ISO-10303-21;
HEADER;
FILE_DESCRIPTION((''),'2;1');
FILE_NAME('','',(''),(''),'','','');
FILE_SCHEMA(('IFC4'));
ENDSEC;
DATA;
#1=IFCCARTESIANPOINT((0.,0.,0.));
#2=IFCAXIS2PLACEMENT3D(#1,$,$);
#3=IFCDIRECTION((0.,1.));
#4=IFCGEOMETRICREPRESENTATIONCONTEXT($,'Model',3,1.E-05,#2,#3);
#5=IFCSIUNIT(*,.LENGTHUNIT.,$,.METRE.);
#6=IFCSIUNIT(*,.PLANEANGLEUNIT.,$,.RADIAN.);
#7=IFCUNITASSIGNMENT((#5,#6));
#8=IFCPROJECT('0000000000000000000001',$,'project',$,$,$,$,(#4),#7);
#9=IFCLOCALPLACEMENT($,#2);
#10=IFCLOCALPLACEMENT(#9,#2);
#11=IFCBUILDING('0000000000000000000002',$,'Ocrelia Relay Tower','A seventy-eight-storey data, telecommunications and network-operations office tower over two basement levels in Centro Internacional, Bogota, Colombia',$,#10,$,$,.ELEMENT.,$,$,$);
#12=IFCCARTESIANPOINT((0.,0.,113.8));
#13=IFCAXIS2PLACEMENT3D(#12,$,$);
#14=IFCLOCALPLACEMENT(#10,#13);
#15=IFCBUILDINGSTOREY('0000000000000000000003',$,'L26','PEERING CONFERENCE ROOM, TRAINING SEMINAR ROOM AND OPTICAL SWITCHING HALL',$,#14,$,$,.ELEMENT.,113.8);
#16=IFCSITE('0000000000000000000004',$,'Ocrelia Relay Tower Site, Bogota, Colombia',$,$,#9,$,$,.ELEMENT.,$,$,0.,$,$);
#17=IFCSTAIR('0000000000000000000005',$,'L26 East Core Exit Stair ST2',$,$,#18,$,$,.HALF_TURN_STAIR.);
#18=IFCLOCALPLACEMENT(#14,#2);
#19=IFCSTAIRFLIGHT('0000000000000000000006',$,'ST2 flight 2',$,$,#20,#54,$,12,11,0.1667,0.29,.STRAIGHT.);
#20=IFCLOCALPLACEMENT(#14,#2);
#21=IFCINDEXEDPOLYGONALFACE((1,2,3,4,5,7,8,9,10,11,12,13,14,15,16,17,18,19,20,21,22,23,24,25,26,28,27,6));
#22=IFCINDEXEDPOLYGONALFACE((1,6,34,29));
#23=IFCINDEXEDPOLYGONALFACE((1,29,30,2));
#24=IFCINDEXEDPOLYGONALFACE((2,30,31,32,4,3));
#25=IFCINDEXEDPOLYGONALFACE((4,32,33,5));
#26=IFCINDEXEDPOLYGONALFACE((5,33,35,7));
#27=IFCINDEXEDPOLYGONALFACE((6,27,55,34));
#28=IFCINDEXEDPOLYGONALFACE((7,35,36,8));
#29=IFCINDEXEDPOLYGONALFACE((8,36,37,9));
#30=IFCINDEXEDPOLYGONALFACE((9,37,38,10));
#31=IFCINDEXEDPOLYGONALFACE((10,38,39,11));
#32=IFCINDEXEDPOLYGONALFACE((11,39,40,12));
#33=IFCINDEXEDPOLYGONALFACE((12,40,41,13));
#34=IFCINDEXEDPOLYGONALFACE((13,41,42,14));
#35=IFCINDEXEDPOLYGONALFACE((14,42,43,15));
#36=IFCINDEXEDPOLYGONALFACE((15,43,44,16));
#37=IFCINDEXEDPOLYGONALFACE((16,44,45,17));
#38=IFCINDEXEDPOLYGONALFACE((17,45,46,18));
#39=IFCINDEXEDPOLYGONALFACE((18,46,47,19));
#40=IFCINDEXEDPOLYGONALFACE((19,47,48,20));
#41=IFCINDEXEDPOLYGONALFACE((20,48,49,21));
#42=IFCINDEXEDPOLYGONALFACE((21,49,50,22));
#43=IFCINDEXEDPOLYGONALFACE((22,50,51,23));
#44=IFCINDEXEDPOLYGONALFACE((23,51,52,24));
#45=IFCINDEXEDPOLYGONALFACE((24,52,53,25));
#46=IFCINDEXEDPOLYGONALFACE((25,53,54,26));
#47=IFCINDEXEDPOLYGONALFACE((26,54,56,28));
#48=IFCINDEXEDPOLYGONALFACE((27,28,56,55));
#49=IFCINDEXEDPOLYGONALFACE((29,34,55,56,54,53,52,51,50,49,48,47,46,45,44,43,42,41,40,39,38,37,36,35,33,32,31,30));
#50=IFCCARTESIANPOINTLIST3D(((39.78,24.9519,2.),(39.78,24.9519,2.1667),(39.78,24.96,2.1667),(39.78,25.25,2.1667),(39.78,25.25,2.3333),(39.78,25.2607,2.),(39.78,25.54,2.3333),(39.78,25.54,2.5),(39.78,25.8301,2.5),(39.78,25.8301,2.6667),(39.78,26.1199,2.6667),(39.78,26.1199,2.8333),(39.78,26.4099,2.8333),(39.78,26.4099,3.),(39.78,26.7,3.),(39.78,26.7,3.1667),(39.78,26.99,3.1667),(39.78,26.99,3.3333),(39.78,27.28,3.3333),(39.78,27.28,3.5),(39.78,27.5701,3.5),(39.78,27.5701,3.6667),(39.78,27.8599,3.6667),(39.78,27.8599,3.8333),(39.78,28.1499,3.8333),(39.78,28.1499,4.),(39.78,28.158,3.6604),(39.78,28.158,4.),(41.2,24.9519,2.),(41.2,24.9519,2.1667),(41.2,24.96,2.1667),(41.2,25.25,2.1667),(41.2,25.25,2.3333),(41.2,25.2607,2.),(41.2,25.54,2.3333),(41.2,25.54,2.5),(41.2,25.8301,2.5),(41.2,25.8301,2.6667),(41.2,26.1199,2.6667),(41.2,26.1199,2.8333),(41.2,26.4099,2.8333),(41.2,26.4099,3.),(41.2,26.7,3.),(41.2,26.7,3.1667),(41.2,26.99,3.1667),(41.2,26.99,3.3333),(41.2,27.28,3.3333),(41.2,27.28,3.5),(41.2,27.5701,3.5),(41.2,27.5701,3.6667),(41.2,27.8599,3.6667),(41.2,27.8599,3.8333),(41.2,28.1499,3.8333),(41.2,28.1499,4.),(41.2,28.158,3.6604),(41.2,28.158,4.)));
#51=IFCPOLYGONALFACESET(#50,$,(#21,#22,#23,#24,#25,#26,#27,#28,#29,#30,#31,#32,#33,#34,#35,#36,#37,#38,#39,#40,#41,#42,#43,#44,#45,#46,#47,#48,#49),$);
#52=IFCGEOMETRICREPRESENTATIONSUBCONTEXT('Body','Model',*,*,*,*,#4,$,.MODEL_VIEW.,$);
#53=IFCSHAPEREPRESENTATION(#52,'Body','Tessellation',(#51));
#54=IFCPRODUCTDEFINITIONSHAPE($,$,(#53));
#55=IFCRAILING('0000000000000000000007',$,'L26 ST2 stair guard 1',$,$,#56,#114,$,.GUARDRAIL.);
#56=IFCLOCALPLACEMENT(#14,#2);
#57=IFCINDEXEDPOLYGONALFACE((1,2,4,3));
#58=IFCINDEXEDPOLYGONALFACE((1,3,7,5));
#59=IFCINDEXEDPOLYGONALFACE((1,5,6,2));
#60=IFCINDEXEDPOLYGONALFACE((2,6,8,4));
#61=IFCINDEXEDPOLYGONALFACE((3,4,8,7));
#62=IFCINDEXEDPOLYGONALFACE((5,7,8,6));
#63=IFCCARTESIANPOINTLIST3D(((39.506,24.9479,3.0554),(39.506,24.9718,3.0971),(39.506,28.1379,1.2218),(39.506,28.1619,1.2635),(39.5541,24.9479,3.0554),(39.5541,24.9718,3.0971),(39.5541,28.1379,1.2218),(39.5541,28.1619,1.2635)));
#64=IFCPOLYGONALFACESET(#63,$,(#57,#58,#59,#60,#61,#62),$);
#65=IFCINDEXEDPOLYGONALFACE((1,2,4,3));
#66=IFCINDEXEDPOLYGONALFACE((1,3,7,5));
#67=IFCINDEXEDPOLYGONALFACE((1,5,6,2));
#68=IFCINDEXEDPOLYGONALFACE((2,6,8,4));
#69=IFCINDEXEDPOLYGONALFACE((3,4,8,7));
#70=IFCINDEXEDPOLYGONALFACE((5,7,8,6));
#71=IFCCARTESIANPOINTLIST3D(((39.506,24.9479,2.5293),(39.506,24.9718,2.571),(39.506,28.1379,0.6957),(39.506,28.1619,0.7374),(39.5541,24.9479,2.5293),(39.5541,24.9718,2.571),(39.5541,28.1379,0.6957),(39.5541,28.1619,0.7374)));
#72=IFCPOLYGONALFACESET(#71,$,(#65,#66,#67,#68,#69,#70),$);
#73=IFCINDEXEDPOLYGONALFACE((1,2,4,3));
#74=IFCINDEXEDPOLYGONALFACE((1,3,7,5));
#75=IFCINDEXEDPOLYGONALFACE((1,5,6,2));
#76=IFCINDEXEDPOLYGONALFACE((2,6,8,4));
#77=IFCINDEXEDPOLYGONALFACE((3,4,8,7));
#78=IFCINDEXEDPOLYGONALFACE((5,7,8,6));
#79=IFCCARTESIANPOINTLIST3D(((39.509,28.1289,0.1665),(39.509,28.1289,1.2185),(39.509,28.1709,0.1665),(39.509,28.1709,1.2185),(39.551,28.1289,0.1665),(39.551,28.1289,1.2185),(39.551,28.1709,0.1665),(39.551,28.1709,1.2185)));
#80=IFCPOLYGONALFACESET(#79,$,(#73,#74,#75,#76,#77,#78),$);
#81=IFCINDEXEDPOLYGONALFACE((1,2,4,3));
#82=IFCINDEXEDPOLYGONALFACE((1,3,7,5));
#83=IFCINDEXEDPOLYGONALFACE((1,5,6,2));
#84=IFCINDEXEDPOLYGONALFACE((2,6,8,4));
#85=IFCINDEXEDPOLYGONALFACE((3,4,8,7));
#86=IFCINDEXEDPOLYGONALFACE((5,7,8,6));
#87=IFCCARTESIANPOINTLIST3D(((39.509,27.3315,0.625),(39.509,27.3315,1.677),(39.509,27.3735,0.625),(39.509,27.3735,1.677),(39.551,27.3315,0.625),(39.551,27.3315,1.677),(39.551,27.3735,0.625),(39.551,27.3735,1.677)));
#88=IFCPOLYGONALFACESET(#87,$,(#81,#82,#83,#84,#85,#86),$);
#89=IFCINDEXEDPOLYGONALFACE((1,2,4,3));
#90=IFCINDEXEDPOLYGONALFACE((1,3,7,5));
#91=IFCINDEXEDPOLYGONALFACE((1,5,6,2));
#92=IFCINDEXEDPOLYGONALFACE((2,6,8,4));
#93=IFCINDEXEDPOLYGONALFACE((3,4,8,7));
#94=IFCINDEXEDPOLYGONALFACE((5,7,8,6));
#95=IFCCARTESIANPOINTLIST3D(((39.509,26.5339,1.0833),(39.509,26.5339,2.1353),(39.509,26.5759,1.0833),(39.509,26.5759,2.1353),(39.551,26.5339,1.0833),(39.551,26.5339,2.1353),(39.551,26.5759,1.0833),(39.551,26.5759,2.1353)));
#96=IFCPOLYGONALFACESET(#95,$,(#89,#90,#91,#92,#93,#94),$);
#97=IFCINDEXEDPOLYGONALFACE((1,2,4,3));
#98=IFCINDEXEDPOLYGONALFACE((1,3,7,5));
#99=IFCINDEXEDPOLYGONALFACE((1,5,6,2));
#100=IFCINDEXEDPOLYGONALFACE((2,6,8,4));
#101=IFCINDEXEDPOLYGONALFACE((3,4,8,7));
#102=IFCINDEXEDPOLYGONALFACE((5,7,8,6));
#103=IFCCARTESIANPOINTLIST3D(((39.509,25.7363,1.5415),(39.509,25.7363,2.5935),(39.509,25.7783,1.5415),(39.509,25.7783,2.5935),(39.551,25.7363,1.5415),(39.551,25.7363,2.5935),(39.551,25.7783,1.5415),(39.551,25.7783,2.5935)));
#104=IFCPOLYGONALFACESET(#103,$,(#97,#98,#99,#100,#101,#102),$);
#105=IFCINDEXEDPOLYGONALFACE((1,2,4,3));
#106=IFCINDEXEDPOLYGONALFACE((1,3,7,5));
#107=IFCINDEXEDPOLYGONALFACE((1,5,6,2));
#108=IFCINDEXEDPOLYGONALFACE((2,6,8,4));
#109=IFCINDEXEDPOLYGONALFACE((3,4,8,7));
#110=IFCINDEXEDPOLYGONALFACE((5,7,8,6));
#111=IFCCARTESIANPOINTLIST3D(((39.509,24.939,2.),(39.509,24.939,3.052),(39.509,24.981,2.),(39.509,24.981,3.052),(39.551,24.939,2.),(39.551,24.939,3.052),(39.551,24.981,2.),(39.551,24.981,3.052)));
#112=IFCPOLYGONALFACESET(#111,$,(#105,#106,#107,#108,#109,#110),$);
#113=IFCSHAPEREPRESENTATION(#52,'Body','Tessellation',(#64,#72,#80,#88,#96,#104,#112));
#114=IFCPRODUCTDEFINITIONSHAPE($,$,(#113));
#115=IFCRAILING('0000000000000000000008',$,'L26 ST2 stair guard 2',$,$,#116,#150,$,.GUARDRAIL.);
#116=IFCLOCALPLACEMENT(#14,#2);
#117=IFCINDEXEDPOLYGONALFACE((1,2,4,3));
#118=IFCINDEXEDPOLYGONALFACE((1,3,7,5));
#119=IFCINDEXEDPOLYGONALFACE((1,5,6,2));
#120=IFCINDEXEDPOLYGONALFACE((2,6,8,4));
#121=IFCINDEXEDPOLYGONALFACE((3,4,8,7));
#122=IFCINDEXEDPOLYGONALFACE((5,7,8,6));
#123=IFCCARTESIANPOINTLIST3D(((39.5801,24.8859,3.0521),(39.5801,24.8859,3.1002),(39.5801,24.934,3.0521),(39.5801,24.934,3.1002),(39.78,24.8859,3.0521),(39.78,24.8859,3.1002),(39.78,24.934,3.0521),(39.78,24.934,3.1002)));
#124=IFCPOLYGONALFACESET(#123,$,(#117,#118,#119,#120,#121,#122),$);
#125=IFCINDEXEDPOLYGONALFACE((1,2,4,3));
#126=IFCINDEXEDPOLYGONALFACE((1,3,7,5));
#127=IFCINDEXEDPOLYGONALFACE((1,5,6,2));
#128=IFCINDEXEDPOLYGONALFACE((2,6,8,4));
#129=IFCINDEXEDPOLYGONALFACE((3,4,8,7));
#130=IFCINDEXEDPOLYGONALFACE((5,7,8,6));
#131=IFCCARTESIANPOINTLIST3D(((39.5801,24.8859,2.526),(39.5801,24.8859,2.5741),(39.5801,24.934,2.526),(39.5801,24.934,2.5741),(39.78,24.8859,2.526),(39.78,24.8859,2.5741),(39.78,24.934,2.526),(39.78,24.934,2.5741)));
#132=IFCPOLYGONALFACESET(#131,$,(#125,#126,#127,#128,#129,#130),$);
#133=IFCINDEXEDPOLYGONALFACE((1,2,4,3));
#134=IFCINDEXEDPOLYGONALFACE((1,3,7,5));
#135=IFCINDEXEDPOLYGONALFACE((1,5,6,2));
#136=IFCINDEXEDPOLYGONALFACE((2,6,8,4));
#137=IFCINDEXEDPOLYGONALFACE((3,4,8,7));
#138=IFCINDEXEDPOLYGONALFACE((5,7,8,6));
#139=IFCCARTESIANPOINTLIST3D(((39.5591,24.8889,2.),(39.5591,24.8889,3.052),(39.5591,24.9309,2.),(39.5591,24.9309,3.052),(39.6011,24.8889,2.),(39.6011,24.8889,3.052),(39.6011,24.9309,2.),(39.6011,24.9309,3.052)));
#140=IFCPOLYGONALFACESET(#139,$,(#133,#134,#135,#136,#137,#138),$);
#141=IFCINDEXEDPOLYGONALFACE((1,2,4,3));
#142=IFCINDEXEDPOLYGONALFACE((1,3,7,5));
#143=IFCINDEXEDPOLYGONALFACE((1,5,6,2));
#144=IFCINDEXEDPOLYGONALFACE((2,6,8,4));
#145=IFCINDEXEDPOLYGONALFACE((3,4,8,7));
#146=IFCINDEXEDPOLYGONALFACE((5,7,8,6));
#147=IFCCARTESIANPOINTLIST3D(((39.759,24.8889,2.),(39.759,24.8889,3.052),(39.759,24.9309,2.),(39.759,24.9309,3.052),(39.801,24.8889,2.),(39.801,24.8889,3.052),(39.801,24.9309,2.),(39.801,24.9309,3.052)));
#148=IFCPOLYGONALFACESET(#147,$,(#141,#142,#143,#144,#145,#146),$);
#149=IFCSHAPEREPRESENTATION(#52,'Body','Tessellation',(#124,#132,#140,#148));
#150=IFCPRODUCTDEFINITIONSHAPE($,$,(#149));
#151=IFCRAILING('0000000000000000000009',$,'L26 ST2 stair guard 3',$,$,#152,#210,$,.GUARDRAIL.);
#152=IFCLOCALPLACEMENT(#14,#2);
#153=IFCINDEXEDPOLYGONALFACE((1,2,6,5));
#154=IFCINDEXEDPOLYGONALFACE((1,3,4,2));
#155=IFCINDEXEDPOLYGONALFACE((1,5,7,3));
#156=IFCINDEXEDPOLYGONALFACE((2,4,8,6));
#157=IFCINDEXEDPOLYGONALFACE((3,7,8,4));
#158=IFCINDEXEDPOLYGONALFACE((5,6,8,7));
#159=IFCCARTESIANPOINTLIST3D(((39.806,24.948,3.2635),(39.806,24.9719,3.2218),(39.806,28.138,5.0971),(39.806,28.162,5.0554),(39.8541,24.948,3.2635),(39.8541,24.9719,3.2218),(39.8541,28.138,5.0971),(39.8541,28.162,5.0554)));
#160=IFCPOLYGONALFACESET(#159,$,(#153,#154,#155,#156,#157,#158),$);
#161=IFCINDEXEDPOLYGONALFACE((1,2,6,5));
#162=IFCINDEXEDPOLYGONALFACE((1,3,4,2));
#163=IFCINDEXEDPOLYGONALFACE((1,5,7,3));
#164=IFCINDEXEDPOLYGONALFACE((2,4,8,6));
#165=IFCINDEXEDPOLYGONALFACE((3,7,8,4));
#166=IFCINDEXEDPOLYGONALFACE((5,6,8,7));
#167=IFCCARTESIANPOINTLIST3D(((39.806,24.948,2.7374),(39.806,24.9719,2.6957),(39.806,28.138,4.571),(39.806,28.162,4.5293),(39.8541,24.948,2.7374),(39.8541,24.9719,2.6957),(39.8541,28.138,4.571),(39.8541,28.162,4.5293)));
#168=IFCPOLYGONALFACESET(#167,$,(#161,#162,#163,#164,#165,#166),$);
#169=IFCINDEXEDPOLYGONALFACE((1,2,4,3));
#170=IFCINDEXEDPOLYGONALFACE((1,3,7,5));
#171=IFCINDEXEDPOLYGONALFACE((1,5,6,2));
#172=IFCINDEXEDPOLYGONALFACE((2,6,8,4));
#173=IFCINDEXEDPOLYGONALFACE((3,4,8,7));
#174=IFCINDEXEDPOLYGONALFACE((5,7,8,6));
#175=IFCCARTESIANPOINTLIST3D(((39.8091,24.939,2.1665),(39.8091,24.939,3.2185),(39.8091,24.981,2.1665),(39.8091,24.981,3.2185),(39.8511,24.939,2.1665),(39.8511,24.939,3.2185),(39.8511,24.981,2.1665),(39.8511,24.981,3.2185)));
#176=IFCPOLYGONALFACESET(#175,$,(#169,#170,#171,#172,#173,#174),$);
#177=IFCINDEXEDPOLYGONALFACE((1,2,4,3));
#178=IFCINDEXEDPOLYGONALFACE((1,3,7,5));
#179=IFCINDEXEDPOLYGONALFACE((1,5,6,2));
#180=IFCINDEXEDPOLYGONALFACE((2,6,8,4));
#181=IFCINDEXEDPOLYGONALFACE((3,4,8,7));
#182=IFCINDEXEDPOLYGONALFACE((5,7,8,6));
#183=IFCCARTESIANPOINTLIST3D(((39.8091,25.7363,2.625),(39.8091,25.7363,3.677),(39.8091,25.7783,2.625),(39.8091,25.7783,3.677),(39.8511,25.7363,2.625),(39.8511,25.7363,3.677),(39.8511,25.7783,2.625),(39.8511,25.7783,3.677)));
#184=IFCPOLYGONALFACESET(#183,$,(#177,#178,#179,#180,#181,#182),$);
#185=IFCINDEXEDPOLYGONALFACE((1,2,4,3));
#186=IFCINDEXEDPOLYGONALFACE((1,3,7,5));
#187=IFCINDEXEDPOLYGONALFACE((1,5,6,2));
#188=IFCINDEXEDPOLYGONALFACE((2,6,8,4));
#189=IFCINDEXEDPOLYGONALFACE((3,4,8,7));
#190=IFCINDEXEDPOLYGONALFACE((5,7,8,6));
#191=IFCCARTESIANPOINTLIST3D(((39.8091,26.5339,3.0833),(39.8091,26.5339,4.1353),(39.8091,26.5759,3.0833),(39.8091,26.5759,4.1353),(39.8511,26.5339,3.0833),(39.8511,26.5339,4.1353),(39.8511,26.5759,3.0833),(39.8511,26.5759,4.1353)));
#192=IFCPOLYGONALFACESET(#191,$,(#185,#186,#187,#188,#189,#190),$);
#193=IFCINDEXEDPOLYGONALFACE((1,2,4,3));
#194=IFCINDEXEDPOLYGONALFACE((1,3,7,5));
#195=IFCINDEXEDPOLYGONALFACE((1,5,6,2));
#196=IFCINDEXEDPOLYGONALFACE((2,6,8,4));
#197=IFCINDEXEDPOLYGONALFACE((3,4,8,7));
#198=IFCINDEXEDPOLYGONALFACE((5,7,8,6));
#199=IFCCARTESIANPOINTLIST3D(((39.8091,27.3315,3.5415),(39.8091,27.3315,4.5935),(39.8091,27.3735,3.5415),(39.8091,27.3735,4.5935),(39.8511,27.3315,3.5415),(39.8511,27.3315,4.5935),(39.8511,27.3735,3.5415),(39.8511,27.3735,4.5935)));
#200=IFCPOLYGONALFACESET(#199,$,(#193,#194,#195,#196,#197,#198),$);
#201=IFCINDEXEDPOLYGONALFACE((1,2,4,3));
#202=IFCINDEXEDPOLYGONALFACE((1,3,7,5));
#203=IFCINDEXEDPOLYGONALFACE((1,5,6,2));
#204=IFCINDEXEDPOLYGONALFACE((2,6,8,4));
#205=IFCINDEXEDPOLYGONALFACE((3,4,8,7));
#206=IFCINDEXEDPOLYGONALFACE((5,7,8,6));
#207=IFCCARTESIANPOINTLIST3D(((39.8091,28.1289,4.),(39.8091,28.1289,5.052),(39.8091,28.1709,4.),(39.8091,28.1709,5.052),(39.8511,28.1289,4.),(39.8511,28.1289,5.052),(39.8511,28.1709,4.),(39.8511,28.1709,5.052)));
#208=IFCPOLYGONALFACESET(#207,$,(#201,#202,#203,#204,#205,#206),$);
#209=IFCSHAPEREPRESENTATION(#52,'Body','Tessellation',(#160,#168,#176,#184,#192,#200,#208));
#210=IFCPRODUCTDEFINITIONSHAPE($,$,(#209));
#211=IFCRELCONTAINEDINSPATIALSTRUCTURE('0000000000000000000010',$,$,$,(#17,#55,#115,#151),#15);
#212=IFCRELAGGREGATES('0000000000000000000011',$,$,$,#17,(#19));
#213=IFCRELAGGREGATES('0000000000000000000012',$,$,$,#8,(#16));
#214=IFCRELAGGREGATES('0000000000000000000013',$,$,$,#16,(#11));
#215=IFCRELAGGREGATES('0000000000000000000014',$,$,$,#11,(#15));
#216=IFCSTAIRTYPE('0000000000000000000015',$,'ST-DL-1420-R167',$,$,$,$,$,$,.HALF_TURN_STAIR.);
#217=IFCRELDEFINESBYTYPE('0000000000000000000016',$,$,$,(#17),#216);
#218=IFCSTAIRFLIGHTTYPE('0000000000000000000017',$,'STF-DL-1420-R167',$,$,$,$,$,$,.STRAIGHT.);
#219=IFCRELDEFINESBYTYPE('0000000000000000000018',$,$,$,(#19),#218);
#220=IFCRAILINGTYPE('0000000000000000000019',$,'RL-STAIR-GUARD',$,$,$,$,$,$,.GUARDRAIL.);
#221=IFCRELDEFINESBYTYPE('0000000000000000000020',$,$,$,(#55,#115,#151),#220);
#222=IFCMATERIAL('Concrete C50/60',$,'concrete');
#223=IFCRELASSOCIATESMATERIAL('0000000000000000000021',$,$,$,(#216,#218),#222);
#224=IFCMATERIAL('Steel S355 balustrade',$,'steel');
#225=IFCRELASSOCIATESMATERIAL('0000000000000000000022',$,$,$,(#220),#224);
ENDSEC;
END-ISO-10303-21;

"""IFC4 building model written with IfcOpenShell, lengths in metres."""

from ifc_helpers import new_model, si_unit, direction, frame, origin, origin_2d, place, context, subcontext, project, spatial, polyline, rectangle, outline, extrude, material, type_object, element, aggregate, save


model = new_model("IFC4")

# Units and contexts
model_context = context("Model", 3, precision=1e-05, world=origin(), true_north=direction((0.0, 1.0)))
body_context = subcontext(model_context, "Body", "Model", "MODEL_VIEW")
ifc_project = project(units=[si_unit("LENGTHUNIT", "METRE"), si_unit("PLANEANGLEUNIT", "RADIAN")], contexts=[model_context])

# Site, building, storey
site_placement = place(None, origin())
site = spatial("IfcSite", under=ifc_project, at=site_placement, Name="Ocrelia Relay Tower Site, Bogota, Colombia", CompositionType="ELEMENT", RefElevation=0.0)
building_placement = place(site_placement, origin())
building = spatial("IfcBuilding", under=site, at=building_placement, Name="Ocrelia Relay Tower", Description="A seventy-eight-storey data, telecommunications and network-operations office tower over two basement levels in Centro Internacional, Bogota, Colombia", CompositionType="ELEMENT")
storey_placement = place(building_placement, frame((0.0, 0.0, 113.8)))
storey = spatial("IfcBuildingStorey", under=building, at=storey_placement, Name="L26", Description="PEERING CONFERENCE ROOM, TRAINING SEMINAR ROOM AND OPTICAL SWITCHING HALL", CompositionType="ELEMENT", Elevation=113.8)

# Shared definitions
ifc_material_1 = material(Name="Concrete C50/60", Category="concrete")

# Stair, stair flight
stair_type = type_object("IfcStairType", Name="ST-DL-1420-R167", PredefinedType="HALF_TURN_STAIR", material=ifc_material_1)
stair_placement = place(storey_placement, origin())
stair = element("IfcStair", 1, at=stair_placement, inside=storey, type_object=stair_type, Name="L26 East Core Exit Stair ST2", PredefinedType="HALF_TURN_STAIR")
stair_flight_type = type_object("IfcStairFlightType", Name="STF-DL-1420-R167", PredefinedType="STRAIGHT", material=ifc_material_1)
stair_flight_1_placement = place(storey_placement, frame((40.49, 24.96, 2.0), z_axis=(0.0, 0.0, 1.0), x_axis=(0.0, 1.0, 0.0)))
stair_flight_1 = element("IfcStairFlight", 2, at=stair_flight_1_placement, type_object=stair_flight_type, Name="ST2 flight 2", NumberOfRisers=12, NumberOfTreads=11, PredefinedType="STRAIGHT", RiserHeight=0.1667, TreadLength=0.29, context=body_context, shape_type="SweptSolid", body=[
    extrude(outline(polyline([(-0.0081, 0.0), (-0.0081, 0.1667), (0.0, 0.1667), (0.29, 0.1667), (0.29, 0.3333), (0.5801, 0.3333), (0.5801, 0.5), (0.8701, 0.5), (0.8701, 0.6667), (1.1599, 0.6667), (1.1599, 0.8333), (1.45, 0.8333), (1.45, 1.0), (1.74, 1.0), (1.74, 1.1667), (2.03, 1.1667), (2.03, 1.3333), (2.3201, 1.3333), (2.3201, 1.5), (2.6101, 1.5), (2.6101, 1.6667), (2.8999, 1.6667), (2.8999, 1.8333), (3.1899, 1.8333), (3.1899, 2.0), (3.198, 2.0), (3.198, 1.6604), (0.3008, 0.0), (-0.0081, 0.0)])), frame((0.0, 0.71, 0.0), z_axis=(0.0, -1.0, 0.0), x_axis=(1.0, 0.0, 0.0)), (0.0, 0.0, 1.0), 1.4199),
])
aggregate(stair, [stair_flight_1])

# Railings
ifc_material_2 = material(Name="Steel S355 balustrade", Category="steel")
railing_type_1 = type_object("IfcRailingType", Name="RL-STAIR-GUARD", PredefinedType="GUARDRAIL", material=ifc_material_2)
railing_1_placement = place(storey_placement, frame((39.53, 28.1499, 0.1665)))
element("IfcRailing", 3, at=railing_1_placement, inside=storey, type_object=railing_type_1, Name="L26 ST2 stair guard 1", PredefinedType="GUARDRAIL", context=body_context, shape_type="SweptSolid", body=[
    extrude(rectangle(XDim=0.0481, YDim=0.0481, at=origin_2d()), frame((0.0, 0.0, 1.0762), z_axis=(0.0, -0.866991, 0.498324), x_axis=(1.0, 0.0, 0.0)), (0.0, 0.0, 1.0), 3.6794),
    extrude(rectangle(XDim=0.0481, YDim=0.0481, at=origin_2d()), frame((0.0, 0.0, 0.55), z_axis=(0.0, -0.866991, 0.498324), x_axis=(1.0, 0.0, 0.0)), (0.0, 0.0, 1.0), 3.6794),
    extrude(rectangle(XDim=0.042, YDim=0.042, at=origin_2d()), origin(), (0.0, 0.0, 1.0), 1.052),
    extrude(rectangle(XDim=0.042, YDim=0.042, at=origin_2d()), frame((0.0, -0.7974, 0.4585)), (0.0, 0.0, 1.0), 1.052),
    extrude(rectangle(XDim=0.042, YDim=0.042, at=origin_2d()), frame((0.0, -1.595, 0.9167)), (0.0, 0.0, 1.0), 1.052),
    extrude(rectangle(XDim=0.042, YDim=0.042, at=origin_2d()), frame((0.0, -2.3926, 1.375)), (0.0, 0.0, 1.0), 1.052),
    extrude(rectangle(XDim=0.042, YDim=0.042, at=origin_2d()), frame((0.0, -3.1899, 1.8335)), (0.0, 0.0, 1.0), 1.052),
])
railing_2_placement = place(storey_placement, frame((39.5801, 24.9099, 2.0)))
element("IfcRailing", 4, at=railing_2_placement, inside=storey, type_object=railing_type_1, Name="L26 ST2 stair guard 2", PredefinedType="GUARDRAIL", context=body_context, shape_type="SweptSolid", body=[
    extrude(rectangle(XDim=0.0481, YDim=0.0481, at=origin_2d()), frame((0.0, 0.0, 1.0762), z_axis=(1.0, 0.0, 0.0), x_axis=(0.0, 1.0, 0.0)), (0.0, 0.0, 1.0), 0.2),
    extrude(rectangle(XDim=0.0481, YDim=0.0481, at=origin_2d()), frame((0.0, 0.0, 0.55), z_axis=(1.0, 0.0, 0.0), x_axis=(0.0, 1.0, 0.0)), (0.0, 0.0, 1.0), 0.2),
    extrude(rectangle(XDim=0.042, YDim=0.042, at=origin_2d()), origin(), (0.0, 0.0, 1.0), 1.052),
    extrude(rectangle(XDim=0.042, YDim=0.042, at=origin_2d()), frame((0.2, 0.0, 0.0)), (0.0, 0.0, 1.0), 1.052),
])
railing_3_placement = place(storey_placement, frame((39.8301, 24.96, 2.1665)))
element("IfcRailing", 5, at=railing_3_placement, inside=storey, type_object=railing_type_1, Name="L26 ST2 stair guard 3", PredefinedType="GUARDRAIL", context=body_context, shape_type="SweptSolid", body=[
    extrude(rectangle(XDim=0.0481, YDim=0.0481, at=origin_2d()), frame((0.0, 0.0, 1.0762), z_axis=(0.0, 0.866991, 0.498324), x_axis=(-1.0, 0.0, 0.0)), (0.0, 0.0, 1.0), 3.6794),
    extrude(rectangle(XDim=0.0481, YDim=0.0481, at=origin_2d()), frame((0.0, 0.0, 0.55), z_axis=(0.0, 0.866991, 0.498324), x_axis=(-1.0, 0.0, 0.0)), (0.0, 0.0, 1.0), 3.6794),
    extrude(rectangle(XDim=0.042, YDim=0.042, at=origin_2d()), origin(), (0.0, 0.0, 1.0), 1.052),
    extrude(rectangle(XDim=0.042, YDim=0.042, at=origin_2d()), frame((0.0, 0.7974, 0.4585)), (0.0, 0.0, 1.0), 1.052),
    extrude(rectangle(XDim=0.042, YDim=0.042, at=origin_2d()), frame((0.0, 1.595, 0.9167)), (0.0, 0.0, 1.0), 1.052),
    extrude(rectangle(XDim=0.042, YDim=0.042, at=origin_2d()), frame((0.0, 2.3926, 1.375)), (0.0, 0.0, 1.0), 1.052),
    extrude(rectangle(XDim=0.042, YDim=0.042, at=origin_2d()), frame((0.0, 3.1899, 1.8335)), (0.0, 0.0, 1.0), 1.052),
])

save(model, "model.ifc")
